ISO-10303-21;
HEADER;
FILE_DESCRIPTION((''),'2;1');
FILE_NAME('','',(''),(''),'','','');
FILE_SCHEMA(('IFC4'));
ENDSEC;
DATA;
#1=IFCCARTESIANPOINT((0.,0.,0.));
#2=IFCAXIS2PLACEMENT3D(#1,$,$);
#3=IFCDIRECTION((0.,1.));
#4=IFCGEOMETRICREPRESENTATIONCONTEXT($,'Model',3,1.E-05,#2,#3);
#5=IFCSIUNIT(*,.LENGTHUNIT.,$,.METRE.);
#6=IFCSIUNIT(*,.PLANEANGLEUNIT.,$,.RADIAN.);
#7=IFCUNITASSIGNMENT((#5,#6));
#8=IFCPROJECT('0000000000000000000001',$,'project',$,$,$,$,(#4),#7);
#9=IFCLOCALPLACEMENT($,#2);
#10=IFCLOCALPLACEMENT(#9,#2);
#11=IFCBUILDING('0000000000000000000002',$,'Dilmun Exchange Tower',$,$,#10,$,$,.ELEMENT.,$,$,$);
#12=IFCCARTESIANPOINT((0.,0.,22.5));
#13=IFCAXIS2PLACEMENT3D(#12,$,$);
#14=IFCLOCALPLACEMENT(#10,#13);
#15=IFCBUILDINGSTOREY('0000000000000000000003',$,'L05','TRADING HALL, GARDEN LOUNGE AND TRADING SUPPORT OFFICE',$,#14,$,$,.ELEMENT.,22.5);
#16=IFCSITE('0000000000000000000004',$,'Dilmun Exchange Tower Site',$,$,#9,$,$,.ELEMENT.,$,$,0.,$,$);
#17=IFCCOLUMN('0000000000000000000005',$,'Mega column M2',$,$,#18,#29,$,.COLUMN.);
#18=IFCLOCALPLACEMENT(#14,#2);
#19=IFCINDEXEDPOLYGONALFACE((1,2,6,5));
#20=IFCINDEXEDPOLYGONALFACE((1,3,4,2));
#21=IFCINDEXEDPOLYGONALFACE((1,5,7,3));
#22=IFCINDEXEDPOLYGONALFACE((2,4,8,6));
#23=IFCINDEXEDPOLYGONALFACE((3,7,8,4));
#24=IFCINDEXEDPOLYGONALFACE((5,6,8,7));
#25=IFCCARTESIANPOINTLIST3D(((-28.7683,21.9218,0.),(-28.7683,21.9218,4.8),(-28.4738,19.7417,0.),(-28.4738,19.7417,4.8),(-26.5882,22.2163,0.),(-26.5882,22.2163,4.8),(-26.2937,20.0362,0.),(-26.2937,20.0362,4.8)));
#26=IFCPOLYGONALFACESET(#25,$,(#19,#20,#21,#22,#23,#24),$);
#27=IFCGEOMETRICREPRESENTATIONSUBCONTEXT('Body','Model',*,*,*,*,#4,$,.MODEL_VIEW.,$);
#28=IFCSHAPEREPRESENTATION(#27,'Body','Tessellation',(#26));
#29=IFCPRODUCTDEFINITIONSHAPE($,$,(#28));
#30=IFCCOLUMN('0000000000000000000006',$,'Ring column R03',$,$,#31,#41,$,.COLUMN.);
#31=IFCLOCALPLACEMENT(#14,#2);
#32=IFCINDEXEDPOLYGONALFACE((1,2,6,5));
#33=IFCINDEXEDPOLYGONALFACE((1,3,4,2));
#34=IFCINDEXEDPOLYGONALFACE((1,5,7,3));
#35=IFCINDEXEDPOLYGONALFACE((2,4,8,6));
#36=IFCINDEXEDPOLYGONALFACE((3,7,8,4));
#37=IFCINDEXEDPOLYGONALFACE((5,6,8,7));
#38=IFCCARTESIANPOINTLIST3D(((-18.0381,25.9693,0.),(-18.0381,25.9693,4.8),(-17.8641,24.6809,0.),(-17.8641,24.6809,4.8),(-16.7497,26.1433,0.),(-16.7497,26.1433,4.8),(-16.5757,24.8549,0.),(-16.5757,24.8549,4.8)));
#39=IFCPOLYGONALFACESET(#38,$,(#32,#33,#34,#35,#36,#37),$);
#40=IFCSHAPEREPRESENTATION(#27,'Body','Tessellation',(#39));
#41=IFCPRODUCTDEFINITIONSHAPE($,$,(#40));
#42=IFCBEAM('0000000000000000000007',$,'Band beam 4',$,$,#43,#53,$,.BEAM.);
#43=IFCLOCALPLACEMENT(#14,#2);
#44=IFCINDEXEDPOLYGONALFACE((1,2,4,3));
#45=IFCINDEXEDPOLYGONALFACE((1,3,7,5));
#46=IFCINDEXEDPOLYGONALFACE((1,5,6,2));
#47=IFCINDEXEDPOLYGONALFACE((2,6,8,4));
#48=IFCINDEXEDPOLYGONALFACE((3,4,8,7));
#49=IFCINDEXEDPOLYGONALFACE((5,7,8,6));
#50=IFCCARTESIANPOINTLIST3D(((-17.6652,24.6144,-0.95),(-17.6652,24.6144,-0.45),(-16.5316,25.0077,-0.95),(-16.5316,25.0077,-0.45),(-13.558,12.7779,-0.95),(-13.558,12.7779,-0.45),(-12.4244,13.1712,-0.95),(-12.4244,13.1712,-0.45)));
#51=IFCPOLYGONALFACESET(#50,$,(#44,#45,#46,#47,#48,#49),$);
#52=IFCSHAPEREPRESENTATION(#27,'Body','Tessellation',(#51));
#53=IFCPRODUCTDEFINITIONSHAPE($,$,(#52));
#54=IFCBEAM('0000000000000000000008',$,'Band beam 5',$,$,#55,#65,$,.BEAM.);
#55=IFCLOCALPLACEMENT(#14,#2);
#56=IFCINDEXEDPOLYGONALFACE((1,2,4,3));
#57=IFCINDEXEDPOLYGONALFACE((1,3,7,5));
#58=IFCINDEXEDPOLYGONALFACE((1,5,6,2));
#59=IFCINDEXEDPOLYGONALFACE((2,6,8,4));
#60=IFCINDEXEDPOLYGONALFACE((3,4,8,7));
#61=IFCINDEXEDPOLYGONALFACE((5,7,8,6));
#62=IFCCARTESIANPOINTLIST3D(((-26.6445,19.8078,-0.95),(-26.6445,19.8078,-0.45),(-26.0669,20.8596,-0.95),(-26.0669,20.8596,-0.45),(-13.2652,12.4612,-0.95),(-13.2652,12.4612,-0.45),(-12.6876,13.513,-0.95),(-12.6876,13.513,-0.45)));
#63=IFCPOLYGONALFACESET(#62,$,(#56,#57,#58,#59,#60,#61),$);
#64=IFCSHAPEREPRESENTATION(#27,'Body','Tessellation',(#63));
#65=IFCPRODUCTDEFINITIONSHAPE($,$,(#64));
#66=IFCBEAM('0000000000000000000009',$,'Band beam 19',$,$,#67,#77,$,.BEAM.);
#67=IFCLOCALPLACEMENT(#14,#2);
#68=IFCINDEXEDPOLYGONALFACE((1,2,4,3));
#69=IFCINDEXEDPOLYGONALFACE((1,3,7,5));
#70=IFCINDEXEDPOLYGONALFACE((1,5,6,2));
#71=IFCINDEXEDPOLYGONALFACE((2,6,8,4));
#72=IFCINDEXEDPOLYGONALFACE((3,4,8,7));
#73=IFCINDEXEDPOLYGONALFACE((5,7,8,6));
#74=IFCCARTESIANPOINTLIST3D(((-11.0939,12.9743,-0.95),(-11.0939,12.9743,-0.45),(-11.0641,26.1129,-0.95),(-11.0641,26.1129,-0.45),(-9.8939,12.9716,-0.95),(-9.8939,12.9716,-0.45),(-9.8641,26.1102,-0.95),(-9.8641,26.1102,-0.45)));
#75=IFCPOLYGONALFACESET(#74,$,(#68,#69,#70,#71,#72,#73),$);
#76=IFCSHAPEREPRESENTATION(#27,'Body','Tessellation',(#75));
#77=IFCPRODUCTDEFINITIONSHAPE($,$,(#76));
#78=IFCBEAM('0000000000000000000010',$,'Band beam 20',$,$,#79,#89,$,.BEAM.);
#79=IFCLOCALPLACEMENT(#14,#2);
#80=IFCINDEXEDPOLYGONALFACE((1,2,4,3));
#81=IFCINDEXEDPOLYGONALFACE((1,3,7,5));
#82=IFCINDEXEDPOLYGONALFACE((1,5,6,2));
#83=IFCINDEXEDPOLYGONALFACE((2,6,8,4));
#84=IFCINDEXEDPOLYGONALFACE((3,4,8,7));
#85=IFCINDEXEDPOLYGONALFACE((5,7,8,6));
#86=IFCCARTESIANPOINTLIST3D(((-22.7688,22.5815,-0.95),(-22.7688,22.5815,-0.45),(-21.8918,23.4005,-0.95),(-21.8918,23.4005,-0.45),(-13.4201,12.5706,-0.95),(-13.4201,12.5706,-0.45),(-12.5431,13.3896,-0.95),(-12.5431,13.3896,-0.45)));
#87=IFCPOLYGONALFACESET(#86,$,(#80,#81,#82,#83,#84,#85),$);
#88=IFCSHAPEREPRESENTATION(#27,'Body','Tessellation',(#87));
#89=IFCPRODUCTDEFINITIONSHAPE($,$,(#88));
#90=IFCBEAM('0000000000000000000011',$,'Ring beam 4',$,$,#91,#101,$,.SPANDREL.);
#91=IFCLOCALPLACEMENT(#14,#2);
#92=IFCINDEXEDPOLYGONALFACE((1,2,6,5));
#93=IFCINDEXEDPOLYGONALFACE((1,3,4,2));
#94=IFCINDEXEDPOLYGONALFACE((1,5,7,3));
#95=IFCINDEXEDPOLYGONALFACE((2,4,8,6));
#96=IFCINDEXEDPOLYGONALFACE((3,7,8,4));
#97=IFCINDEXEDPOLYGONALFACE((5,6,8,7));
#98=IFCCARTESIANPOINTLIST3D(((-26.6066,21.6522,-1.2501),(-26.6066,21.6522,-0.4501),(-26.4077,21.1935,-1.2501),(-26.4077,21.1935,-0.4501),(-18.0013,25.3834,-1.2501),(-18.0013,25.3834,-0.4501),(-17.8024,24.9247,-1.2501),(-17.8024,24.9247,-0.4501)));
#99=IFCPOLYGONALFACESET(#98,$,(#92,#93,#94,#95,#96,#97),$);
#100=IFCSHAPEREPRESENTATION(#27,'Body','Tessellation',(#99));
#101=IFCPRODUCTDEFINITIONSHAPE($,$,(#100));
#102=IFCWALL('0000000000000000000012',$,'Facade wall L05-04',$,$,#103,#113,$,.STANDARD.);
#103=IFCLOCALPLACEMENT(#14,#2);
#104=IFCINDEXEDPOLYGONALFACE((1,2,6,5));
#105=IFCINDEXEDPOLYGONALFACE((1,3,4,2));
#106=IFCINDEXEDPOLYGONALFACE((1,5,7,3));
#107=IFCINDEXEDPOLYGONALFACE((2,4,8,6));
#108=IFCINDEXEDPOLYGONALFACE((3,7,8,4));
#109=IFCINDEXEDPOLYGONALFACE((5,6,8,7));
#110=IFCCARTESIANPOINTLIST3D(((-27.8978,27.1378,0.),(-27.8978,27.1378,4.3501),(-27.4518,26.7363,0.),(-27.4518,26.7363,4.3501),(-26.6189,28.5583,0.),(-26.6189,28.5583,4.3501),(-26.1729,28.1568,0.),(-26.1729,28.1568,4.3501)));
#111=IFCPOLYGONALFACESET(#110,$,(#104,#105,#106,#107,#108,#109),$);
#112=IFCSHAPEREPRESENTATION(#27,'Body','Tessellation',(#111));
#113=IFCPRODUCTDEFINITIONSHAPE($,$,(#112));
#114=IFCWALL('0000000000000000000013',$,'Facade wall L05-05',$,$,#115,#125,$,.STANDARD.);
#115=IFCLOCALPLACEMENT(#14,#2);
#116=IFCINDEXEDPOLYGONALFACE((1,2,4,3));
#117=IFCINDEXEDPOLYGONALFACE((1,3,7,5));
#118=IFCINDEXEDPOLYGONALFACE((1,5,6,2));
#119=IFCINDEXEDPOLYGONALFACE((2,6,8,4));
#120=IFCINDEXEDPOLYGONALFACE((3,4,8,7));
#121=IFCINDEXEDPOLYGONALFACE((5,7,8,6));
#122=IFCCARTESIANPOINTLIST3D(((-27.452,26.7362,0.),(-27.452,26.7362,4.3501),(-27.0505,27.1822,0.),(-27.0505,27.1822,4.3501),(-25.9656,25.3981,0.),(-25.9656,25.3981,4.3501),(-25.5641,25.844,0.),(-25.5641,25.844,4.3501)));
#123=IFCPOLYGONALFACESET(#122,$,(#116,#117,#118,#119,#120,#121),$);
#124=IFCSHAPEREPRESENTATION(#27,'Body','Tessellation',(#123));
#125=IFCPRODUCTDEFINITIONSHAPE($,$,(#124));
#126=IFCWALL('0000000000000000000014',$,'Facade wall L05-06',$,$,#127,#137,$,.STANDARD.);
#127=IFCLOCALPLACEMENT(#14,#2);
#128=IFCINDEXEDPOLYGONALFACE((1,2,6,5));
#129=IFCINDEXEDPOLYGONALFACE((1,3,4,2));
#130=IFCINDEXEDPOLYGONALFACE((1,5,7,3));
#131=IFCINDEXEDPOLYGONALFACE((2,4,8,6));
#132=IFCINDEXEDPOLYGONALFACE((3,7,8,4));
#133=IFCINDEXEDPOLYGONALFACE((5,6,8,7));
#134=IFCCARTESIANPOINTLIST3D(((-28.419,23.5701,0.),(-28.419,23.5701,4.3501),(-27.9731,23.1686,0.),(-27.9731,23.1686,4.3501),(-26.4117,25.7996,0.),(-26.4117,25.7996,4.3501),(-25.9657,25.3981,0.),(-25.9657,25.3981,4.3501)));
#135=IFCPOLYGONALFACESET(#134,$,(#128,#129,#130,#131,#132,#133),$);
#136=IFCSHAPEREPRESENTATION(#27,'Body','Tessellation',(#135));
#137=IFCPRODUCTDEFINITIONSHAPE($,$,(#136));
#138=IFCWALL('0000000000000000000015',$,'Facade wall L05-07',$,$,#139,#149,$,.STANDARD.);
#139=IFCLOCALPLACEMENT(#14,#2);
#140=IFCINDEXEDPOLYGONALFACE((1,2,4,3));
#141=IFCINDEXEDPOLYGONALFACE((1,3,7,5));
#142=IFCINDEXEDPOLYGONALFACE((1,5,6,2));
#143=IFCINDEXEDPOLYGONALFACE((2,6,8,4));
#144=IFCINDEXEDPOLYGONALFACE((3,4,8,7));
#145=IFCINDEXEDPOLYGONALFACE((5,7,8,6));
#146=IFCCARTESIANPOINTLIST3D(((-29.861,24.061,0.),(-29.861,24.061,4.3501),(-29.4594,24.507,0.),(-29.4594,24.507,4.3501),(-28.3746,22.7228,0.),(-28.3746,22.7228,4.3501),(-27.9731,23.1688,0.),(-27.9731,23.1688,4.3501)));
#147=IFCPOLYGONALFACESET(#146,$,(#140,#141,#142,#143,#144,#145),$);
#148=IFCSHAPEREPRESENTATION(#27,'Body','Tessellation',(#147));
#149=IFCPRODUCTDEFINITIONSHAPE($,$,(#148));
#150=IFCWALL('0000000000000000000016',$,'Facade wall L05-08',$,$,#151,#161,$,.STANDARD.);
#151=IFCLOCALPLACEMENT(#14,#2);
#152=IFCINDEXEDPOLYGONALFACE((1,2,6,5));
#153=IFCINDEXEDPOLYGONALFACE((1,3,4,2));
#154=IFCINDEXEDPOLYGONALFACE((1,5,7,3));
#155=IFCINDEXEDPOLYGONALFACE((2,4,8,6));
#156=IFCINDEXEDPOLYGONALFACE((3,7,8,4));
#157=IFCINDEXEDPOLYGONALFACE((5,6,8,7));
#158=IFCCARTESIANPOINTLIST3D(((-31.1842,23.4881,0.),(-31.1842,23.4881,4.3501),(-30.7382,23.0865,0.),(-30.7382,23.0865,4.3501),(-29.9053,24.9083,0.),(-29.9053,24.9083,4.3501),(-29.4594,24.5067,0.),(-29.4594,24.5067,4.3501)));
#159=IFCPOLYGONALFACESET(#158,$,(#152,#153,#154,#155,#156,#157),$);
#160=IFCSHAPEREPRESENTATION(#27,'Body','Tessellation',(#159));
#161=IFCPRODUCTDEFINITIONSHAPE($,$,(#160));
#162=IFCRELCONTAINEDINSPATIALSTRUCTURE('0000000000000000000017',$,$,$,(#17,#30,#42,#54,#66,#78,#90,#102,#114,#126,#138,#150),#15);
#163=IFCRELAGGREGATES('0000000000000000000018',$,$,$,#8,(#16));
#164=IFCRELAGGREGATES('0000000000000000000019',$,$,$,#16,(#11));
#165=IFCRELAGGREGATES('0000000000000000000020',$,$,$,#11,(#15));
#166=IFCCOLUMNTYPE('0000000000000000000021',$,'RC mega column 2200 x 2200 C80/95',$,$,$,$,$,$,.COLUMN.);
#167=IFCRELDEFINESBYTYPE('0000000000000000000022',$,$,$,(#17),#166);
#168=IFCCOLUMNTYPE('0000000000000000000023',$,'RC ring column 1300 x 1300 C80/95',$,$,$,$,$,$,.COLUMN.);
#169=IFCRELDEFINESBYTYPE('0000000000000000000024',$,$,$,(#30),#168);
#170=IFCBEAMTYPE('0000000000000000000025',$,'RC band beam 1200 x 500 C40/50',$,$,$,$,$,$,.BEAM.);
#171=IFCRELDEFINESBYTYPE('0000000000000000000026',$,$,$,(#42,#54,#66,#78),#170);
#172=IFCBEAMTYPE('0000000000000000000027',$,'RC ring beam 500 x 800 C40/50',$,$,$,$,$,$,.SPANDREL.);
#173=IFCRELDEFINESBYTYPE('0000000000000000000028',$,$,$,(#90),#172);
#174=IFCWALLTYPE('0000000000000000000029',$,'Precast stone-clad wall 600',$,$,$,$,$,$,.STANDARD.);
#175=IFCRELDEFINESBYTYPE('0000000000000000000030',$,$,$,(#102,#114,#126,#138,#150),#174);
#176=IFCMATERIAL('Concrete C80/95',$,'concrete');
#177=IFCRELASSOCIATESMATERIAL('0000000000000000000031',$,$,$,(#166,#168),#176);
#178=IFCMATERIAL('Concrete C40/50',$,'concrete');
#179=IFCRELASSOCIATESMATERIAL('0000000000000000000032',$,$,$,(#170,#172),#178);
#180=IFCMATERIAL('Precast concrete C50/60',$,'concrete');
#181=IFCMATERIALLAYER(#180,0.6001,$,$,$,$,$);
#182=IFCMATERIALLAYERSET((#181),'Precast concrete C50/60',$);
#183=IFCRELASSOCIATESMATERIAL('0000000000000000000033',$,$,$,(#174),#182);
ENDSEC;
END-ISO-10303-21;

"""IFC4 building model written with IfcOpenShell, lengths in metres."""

from ifc_helpers import new_model, si_unit, direction, frame, frame_2d, origin, origin_2d, place, context, subcontext, project, spatial, rectangle, extrude, material, layer, layer_set, material_profile, profile_set, type_object, element, save


model = new_model("IFC4")

# Units and contexts
model_context = context("Model", 3, precision=1e-05, world=origin(), true_north=direction((0.0, 1.0)))
body_context = subcontext(model_context, "Body", "Model", "MODEL_VIEW")
ifc_project = project(units=[si_unit("LENGTHUNIT", "METRE"), si_unit("PLANEANGLEUNIT", "RADIAN")], contexts=[model_context])

# Site, building, storey
site_placement = place(None, origin())
site = spatial("IfcSite", under=ifc_project, at=site_placement, Name="Dilmun Exchange Tower Site", CompositionType="ELEMENT", RefElevation=0.0)
building_placement = place(site_placement, origin())
building = spatial("IfcBuilding", under=site, at=building_placement, Name="Dilmun Exchange Tower", CompositionType="ELEMENT")
storey_placement = place(building_placement, frame((0.0, 0.0, 22.5)))
storey = spatial("IfcBuildingStorey", under=building, at=storey_placement, Name="L05", Description="TRADING HALL, GARDEN LOUNGE AND TRADING SUPPORT OFFICE", CompositionType="ELEMENT", Elevation=22.5)

# Columns
ifc_material_1 = material(Name="Concrete C80/95", Category="concrete")
ifc_material_profile_1 = material_profile(ifc_material_1, rectangle(XDim=2.2, YDim=2.2, at=origin_2d()), Name="2200 x 2200")
ifc_profile_set_1 = profile_set([ifc_material_profile_1], Name="Concrete C80/95")
column_type_1 = type_object("IfcColumnType", Name="RC mega column 2200 x 2200 C80/95", PredefinedType="COLUMN", material=ifc_profile_set_1)
column_1_placement = place(storey_placement, frame((-27.531, 20.979, 0.0), z_axis=(0.0, 0.0, 1.0), x_axis=(0.991001, 0.133853, 0.0)))
element("IfcColumn", 1, at=column_1_placement, inside=storey, type_object=column_type_1, Name="Mega column M2", PredefinedType="COLUMN", context=body_context, shape_type="SweptSolid", body=[
    extrude(rectangle(XDim=2.2, YDim=2.2, at=origin_2d()), origin(), (0.0, 0.0, 1.0), 4.8),
])
ifc_material_profile_2 = material_profile(ifc_material_1, rectangle(XDim=1.3, YDim=1.3, at=origin_2d()), Name="1300 x 1300")
ifc_profile_set_2 = profile_set([ifc_material_profile_2], Name="Concrete C80/95")
column_type_2 = type_object("IfcColumnType", Name="RC ring column 1300 x 1300 C80/95", PredefinedType="COLUMN", material=ifc_profile_set_2)
column_2_placement = place(storey_placement, frame((-17.3069, 25.4121, 0.0), z_axis=(0.0, 0.0, 1.0), x_axis=(0.991001, 0.133853, 0.0)))
element("IfcColumn", 2, at=column_2_placement, inside=storey, type_object=column_type_2, Name="Ring column R03", PredefinedType="COLUMN", context=body_context, shape_type="SweptSolid", body=[
    extrude(rectangle(XDim=1.3, YDim=1.3, at=origin_2d()), origin(), (0.0, 0.0, 1.0), 4.8),
])

# Beams
ifc_material_2 = material(Name="Concrete C40/50", Category="concrete")
ifc_material_profile_3 = material_profile(ifc_material_2, rectangle(XDim=1.2, YDim=0.5, at=origin_2d()), Name="1200 x 500")
ifc_profile_set_3 = profile_set([ifc_material_profile_3], Name="Concrete C40/50")
beam_type_1 = type_object("IfcBeamType", Name="RC band beam 1200 x 500 C40/50", PredefinedType="BEAM", material=ifc_profile_set_3)
beam_1_placement = place(storey_placement, frame((-17.0984, 24.811, -0.7), z_axis=(0.32782, -0.94474, 0.0), x_axis=(0.94474, 0.32782, 0.0)))
element("IfcBeam", 3, at=beam_1_placement, inside=storey, type_object=beam_type_1, Name="Band beam 4", PredefinedType="BEAM", context=body_context, shape_type="SweptSolid", body=[
    extrude(rectangle(XDim=1.2, YDim=0.5, at=origin_2d()), origin(), (0.0, 0.0, 1.0), 12.5288),
])
beam_2_placement = place(storey_placement, frame((-26.3557, 20.3337, -0.7), z_axis=(0.876547, -0.481316, 0.0), x_axis=(0.481316, 0.876547, 0.0)))
element("IfcBeam", 4, at=beam_2_placement, inside=storey, type_object=beam_type_1, Name="Band beam 5", PredefinedType="BEAM", context=body_context, shape_type="SweptSolid", body=[
    extrude(rectangle(XDim=1.2, YDim=0.5, at=origin_2d()), origin(), (0.0, 0.0, 1.0), 15.2637),
])
beam_3_placement = place(storey_placement, frame((-10.4641, 26.1116, -0.7), z_axis=(-0.002267, -0.999997, 0.0), x_axis=(0.999997, -0.002267, 0.0)))
element("IfcBeam", 5, at=beam_3_placement, inside=storey, type_object=beam_type_1, Name="Band beam 19", PredefinedType="BEAM", context=body_context, shape_type="SweptSolid", body=[
    extrude(rectangle(XDim=1.2, YDim=0.5, at=origin_2d()), origin(), (0.0, 0.0, 1.0), 13.1387),
])
beam_4_placement = place(storey_placement, frame((-22.3303, 22.991, -0.7), z_axis=(0.682524, -0.730863, 0.0), x_axis=(0.730863, 0.682524, 0.0)))
element("IfcBeam", 6, at=beam_4_placement, inside=storey, type_object=beam_type_1, Name="Band beam 20", PredefinedType="BEAM", context=body_context, shape_type="SweptSolid", body=[
    extrude(rectangle(XDim=1.2, YDim=0.5, at=origin_2d()), origin(), (0.0, 0.0, 1.0), 13.6973),
])
ifc_material_profile_4 = material_profile(ifc_material_2, rectangle(XDim=0.5, YDim=0.8, at=origin_2d()), Name="500 x 800")
ifc_profile_set_4 = profile_set([ifc_material_profile_4], Name="Concrete C40/50")
beam_type_2 = type_object("IfcBeamType", Name="RC ring beam 500 x 800 C40/50", PredefinedType="SPANDREL", material=ifc_profile_set_4)
beam_5_placement = place(storey_placement, frame((-17.9019, 25.1541, -0.8501), z_axis=(-0.917467, -0.397811, 0.0), x_axis=(0.397811, -0.917467, 0.0)))
element("IfcBeam", 7, at=beam_5_placement, inside=storey, type_object=beam_type_2, Name="Ring beam 4", PredefinedType="SPANDREL", context=body_context, shape_type="SweptSolid", body=[
    extrude(rectangle(XDim=0.5, YDim=0.8, at=origin_2d()), origin(), (0.0, 0.0, 1.0), 9.3794),
])

# Walls
ifc_material_3 = material(Name="Precast concrete C50/60", Category="concrete")
ifc_layer = layer(ifc_material_3, 0.6001)
ifc_layer_set = layer_set([ifc_layer], Name="Precast concrete C50/60")
wall_type = type_object("IfcWallType", Name="Precast stone-clad wall 600", PredefinedType="STANDARD", material=ifc_layer_set)
wall_1_placement = place(storey_placement, frame((-26.396, 28.3574, 0.0), z_axis=(0.0, 0.0, 1.0), x_axis=(-0.669092, -0.74318, 0.0)))
element("IfcWall", 8, at=wall_1_placement, inside=storey, type_object=wall_type, Name="Facade wall L05-04", PredefinedType="STANDARD", context=body_context, shape_type="SweptSolid", body=[
    extrude(rectangle(XDim=1.9114, YDim=0.6001, at=frame_2d((0.9556, 0.0))), origin(), (0.0, 0.0, 1.0), 4.3501),
])
wall_2_placement = place(storey_placement, frame((-27.2512, 26.9592, 0.0), z_axis=(0.0, 0.0, 1.0), x_axis=(0.743185, -0.669086, 0.0)))
element("IfcWall", 9, at=wall_2_placement, inside=storey, type_object=wall_type, Name="Facade wall L05-05", PredefinedType="STANDARD", context=body_context, shape_type="SweptSolid", body=[
    extrude(rectangle(XDim=2.0, YDim=0.6001, at=frame_2d((1.0, 0.0))), origin(), (0.0, 0.0, 1.0), 4.3501),
])
wall_3_placement = place(storey_placement, frame((-26.1887, 25.5989, 0.0), z_axis=(0.0, 0.0, 1.0), x_axis=(-0.669109, -0.743165, 0.0)))
element("IfcWall", 10, at=wall_3_placement, inside=storey, type_object=wall_type, Name="Facade wall L05-06", PredefinedType="STANDARD", context=body_context, shape_type="SweptSolid", body=[
    extrude(rectangle(XDim=3.0, YDim=0.6001, at=frame_2d((1.5, 0.0))), origin(), (0.0, 0.0, 1.0), 4.3501),
])
wall_4_placement = place(storey_placement, frame((-28.1738, 22.9458, 0.0), z_axis=(0.0, 0.0, 1.0), x_axis=(-0.743185, 0.669086, 0.0)))
element("IfcWall", 11, at=wall_4_placement, inside=storey, type_object=wall_type, Name="Facade wall L05-07", PredefinedType="STANDARD", context=body_context, shape_type="SweptSolid", body=[
    extrude(rectangle(XDim=2.0, YDim=0.6001, at=frame_2d((1.0, 0.0))), origin(), (0.0, 0.0, 1.0), 4.3501),
])
wall_5_placement = place(storey_placement, frame((-29.6824, 24.7075, 0.0), z_axis=(0.0, 0.0, 1.0), x_axis=(-0.669155, -0.743123, 0.0)))
element("IfcWall", 12, at=wall_5_placement, inside=storey, type_object=wall_type, Name="Facade wall L05-08", PredefinedType="STANDARD", context=body_context, shape_type="SweptSolid", body=[
    extrude(rectangle(XDim=1.9111, YDim=0.6001, at=frame_2d((0.9556, 0.0))), origin(), (0.0, 0.0, 1.0), 4.3501),
])

save(model, "model.ifc")
